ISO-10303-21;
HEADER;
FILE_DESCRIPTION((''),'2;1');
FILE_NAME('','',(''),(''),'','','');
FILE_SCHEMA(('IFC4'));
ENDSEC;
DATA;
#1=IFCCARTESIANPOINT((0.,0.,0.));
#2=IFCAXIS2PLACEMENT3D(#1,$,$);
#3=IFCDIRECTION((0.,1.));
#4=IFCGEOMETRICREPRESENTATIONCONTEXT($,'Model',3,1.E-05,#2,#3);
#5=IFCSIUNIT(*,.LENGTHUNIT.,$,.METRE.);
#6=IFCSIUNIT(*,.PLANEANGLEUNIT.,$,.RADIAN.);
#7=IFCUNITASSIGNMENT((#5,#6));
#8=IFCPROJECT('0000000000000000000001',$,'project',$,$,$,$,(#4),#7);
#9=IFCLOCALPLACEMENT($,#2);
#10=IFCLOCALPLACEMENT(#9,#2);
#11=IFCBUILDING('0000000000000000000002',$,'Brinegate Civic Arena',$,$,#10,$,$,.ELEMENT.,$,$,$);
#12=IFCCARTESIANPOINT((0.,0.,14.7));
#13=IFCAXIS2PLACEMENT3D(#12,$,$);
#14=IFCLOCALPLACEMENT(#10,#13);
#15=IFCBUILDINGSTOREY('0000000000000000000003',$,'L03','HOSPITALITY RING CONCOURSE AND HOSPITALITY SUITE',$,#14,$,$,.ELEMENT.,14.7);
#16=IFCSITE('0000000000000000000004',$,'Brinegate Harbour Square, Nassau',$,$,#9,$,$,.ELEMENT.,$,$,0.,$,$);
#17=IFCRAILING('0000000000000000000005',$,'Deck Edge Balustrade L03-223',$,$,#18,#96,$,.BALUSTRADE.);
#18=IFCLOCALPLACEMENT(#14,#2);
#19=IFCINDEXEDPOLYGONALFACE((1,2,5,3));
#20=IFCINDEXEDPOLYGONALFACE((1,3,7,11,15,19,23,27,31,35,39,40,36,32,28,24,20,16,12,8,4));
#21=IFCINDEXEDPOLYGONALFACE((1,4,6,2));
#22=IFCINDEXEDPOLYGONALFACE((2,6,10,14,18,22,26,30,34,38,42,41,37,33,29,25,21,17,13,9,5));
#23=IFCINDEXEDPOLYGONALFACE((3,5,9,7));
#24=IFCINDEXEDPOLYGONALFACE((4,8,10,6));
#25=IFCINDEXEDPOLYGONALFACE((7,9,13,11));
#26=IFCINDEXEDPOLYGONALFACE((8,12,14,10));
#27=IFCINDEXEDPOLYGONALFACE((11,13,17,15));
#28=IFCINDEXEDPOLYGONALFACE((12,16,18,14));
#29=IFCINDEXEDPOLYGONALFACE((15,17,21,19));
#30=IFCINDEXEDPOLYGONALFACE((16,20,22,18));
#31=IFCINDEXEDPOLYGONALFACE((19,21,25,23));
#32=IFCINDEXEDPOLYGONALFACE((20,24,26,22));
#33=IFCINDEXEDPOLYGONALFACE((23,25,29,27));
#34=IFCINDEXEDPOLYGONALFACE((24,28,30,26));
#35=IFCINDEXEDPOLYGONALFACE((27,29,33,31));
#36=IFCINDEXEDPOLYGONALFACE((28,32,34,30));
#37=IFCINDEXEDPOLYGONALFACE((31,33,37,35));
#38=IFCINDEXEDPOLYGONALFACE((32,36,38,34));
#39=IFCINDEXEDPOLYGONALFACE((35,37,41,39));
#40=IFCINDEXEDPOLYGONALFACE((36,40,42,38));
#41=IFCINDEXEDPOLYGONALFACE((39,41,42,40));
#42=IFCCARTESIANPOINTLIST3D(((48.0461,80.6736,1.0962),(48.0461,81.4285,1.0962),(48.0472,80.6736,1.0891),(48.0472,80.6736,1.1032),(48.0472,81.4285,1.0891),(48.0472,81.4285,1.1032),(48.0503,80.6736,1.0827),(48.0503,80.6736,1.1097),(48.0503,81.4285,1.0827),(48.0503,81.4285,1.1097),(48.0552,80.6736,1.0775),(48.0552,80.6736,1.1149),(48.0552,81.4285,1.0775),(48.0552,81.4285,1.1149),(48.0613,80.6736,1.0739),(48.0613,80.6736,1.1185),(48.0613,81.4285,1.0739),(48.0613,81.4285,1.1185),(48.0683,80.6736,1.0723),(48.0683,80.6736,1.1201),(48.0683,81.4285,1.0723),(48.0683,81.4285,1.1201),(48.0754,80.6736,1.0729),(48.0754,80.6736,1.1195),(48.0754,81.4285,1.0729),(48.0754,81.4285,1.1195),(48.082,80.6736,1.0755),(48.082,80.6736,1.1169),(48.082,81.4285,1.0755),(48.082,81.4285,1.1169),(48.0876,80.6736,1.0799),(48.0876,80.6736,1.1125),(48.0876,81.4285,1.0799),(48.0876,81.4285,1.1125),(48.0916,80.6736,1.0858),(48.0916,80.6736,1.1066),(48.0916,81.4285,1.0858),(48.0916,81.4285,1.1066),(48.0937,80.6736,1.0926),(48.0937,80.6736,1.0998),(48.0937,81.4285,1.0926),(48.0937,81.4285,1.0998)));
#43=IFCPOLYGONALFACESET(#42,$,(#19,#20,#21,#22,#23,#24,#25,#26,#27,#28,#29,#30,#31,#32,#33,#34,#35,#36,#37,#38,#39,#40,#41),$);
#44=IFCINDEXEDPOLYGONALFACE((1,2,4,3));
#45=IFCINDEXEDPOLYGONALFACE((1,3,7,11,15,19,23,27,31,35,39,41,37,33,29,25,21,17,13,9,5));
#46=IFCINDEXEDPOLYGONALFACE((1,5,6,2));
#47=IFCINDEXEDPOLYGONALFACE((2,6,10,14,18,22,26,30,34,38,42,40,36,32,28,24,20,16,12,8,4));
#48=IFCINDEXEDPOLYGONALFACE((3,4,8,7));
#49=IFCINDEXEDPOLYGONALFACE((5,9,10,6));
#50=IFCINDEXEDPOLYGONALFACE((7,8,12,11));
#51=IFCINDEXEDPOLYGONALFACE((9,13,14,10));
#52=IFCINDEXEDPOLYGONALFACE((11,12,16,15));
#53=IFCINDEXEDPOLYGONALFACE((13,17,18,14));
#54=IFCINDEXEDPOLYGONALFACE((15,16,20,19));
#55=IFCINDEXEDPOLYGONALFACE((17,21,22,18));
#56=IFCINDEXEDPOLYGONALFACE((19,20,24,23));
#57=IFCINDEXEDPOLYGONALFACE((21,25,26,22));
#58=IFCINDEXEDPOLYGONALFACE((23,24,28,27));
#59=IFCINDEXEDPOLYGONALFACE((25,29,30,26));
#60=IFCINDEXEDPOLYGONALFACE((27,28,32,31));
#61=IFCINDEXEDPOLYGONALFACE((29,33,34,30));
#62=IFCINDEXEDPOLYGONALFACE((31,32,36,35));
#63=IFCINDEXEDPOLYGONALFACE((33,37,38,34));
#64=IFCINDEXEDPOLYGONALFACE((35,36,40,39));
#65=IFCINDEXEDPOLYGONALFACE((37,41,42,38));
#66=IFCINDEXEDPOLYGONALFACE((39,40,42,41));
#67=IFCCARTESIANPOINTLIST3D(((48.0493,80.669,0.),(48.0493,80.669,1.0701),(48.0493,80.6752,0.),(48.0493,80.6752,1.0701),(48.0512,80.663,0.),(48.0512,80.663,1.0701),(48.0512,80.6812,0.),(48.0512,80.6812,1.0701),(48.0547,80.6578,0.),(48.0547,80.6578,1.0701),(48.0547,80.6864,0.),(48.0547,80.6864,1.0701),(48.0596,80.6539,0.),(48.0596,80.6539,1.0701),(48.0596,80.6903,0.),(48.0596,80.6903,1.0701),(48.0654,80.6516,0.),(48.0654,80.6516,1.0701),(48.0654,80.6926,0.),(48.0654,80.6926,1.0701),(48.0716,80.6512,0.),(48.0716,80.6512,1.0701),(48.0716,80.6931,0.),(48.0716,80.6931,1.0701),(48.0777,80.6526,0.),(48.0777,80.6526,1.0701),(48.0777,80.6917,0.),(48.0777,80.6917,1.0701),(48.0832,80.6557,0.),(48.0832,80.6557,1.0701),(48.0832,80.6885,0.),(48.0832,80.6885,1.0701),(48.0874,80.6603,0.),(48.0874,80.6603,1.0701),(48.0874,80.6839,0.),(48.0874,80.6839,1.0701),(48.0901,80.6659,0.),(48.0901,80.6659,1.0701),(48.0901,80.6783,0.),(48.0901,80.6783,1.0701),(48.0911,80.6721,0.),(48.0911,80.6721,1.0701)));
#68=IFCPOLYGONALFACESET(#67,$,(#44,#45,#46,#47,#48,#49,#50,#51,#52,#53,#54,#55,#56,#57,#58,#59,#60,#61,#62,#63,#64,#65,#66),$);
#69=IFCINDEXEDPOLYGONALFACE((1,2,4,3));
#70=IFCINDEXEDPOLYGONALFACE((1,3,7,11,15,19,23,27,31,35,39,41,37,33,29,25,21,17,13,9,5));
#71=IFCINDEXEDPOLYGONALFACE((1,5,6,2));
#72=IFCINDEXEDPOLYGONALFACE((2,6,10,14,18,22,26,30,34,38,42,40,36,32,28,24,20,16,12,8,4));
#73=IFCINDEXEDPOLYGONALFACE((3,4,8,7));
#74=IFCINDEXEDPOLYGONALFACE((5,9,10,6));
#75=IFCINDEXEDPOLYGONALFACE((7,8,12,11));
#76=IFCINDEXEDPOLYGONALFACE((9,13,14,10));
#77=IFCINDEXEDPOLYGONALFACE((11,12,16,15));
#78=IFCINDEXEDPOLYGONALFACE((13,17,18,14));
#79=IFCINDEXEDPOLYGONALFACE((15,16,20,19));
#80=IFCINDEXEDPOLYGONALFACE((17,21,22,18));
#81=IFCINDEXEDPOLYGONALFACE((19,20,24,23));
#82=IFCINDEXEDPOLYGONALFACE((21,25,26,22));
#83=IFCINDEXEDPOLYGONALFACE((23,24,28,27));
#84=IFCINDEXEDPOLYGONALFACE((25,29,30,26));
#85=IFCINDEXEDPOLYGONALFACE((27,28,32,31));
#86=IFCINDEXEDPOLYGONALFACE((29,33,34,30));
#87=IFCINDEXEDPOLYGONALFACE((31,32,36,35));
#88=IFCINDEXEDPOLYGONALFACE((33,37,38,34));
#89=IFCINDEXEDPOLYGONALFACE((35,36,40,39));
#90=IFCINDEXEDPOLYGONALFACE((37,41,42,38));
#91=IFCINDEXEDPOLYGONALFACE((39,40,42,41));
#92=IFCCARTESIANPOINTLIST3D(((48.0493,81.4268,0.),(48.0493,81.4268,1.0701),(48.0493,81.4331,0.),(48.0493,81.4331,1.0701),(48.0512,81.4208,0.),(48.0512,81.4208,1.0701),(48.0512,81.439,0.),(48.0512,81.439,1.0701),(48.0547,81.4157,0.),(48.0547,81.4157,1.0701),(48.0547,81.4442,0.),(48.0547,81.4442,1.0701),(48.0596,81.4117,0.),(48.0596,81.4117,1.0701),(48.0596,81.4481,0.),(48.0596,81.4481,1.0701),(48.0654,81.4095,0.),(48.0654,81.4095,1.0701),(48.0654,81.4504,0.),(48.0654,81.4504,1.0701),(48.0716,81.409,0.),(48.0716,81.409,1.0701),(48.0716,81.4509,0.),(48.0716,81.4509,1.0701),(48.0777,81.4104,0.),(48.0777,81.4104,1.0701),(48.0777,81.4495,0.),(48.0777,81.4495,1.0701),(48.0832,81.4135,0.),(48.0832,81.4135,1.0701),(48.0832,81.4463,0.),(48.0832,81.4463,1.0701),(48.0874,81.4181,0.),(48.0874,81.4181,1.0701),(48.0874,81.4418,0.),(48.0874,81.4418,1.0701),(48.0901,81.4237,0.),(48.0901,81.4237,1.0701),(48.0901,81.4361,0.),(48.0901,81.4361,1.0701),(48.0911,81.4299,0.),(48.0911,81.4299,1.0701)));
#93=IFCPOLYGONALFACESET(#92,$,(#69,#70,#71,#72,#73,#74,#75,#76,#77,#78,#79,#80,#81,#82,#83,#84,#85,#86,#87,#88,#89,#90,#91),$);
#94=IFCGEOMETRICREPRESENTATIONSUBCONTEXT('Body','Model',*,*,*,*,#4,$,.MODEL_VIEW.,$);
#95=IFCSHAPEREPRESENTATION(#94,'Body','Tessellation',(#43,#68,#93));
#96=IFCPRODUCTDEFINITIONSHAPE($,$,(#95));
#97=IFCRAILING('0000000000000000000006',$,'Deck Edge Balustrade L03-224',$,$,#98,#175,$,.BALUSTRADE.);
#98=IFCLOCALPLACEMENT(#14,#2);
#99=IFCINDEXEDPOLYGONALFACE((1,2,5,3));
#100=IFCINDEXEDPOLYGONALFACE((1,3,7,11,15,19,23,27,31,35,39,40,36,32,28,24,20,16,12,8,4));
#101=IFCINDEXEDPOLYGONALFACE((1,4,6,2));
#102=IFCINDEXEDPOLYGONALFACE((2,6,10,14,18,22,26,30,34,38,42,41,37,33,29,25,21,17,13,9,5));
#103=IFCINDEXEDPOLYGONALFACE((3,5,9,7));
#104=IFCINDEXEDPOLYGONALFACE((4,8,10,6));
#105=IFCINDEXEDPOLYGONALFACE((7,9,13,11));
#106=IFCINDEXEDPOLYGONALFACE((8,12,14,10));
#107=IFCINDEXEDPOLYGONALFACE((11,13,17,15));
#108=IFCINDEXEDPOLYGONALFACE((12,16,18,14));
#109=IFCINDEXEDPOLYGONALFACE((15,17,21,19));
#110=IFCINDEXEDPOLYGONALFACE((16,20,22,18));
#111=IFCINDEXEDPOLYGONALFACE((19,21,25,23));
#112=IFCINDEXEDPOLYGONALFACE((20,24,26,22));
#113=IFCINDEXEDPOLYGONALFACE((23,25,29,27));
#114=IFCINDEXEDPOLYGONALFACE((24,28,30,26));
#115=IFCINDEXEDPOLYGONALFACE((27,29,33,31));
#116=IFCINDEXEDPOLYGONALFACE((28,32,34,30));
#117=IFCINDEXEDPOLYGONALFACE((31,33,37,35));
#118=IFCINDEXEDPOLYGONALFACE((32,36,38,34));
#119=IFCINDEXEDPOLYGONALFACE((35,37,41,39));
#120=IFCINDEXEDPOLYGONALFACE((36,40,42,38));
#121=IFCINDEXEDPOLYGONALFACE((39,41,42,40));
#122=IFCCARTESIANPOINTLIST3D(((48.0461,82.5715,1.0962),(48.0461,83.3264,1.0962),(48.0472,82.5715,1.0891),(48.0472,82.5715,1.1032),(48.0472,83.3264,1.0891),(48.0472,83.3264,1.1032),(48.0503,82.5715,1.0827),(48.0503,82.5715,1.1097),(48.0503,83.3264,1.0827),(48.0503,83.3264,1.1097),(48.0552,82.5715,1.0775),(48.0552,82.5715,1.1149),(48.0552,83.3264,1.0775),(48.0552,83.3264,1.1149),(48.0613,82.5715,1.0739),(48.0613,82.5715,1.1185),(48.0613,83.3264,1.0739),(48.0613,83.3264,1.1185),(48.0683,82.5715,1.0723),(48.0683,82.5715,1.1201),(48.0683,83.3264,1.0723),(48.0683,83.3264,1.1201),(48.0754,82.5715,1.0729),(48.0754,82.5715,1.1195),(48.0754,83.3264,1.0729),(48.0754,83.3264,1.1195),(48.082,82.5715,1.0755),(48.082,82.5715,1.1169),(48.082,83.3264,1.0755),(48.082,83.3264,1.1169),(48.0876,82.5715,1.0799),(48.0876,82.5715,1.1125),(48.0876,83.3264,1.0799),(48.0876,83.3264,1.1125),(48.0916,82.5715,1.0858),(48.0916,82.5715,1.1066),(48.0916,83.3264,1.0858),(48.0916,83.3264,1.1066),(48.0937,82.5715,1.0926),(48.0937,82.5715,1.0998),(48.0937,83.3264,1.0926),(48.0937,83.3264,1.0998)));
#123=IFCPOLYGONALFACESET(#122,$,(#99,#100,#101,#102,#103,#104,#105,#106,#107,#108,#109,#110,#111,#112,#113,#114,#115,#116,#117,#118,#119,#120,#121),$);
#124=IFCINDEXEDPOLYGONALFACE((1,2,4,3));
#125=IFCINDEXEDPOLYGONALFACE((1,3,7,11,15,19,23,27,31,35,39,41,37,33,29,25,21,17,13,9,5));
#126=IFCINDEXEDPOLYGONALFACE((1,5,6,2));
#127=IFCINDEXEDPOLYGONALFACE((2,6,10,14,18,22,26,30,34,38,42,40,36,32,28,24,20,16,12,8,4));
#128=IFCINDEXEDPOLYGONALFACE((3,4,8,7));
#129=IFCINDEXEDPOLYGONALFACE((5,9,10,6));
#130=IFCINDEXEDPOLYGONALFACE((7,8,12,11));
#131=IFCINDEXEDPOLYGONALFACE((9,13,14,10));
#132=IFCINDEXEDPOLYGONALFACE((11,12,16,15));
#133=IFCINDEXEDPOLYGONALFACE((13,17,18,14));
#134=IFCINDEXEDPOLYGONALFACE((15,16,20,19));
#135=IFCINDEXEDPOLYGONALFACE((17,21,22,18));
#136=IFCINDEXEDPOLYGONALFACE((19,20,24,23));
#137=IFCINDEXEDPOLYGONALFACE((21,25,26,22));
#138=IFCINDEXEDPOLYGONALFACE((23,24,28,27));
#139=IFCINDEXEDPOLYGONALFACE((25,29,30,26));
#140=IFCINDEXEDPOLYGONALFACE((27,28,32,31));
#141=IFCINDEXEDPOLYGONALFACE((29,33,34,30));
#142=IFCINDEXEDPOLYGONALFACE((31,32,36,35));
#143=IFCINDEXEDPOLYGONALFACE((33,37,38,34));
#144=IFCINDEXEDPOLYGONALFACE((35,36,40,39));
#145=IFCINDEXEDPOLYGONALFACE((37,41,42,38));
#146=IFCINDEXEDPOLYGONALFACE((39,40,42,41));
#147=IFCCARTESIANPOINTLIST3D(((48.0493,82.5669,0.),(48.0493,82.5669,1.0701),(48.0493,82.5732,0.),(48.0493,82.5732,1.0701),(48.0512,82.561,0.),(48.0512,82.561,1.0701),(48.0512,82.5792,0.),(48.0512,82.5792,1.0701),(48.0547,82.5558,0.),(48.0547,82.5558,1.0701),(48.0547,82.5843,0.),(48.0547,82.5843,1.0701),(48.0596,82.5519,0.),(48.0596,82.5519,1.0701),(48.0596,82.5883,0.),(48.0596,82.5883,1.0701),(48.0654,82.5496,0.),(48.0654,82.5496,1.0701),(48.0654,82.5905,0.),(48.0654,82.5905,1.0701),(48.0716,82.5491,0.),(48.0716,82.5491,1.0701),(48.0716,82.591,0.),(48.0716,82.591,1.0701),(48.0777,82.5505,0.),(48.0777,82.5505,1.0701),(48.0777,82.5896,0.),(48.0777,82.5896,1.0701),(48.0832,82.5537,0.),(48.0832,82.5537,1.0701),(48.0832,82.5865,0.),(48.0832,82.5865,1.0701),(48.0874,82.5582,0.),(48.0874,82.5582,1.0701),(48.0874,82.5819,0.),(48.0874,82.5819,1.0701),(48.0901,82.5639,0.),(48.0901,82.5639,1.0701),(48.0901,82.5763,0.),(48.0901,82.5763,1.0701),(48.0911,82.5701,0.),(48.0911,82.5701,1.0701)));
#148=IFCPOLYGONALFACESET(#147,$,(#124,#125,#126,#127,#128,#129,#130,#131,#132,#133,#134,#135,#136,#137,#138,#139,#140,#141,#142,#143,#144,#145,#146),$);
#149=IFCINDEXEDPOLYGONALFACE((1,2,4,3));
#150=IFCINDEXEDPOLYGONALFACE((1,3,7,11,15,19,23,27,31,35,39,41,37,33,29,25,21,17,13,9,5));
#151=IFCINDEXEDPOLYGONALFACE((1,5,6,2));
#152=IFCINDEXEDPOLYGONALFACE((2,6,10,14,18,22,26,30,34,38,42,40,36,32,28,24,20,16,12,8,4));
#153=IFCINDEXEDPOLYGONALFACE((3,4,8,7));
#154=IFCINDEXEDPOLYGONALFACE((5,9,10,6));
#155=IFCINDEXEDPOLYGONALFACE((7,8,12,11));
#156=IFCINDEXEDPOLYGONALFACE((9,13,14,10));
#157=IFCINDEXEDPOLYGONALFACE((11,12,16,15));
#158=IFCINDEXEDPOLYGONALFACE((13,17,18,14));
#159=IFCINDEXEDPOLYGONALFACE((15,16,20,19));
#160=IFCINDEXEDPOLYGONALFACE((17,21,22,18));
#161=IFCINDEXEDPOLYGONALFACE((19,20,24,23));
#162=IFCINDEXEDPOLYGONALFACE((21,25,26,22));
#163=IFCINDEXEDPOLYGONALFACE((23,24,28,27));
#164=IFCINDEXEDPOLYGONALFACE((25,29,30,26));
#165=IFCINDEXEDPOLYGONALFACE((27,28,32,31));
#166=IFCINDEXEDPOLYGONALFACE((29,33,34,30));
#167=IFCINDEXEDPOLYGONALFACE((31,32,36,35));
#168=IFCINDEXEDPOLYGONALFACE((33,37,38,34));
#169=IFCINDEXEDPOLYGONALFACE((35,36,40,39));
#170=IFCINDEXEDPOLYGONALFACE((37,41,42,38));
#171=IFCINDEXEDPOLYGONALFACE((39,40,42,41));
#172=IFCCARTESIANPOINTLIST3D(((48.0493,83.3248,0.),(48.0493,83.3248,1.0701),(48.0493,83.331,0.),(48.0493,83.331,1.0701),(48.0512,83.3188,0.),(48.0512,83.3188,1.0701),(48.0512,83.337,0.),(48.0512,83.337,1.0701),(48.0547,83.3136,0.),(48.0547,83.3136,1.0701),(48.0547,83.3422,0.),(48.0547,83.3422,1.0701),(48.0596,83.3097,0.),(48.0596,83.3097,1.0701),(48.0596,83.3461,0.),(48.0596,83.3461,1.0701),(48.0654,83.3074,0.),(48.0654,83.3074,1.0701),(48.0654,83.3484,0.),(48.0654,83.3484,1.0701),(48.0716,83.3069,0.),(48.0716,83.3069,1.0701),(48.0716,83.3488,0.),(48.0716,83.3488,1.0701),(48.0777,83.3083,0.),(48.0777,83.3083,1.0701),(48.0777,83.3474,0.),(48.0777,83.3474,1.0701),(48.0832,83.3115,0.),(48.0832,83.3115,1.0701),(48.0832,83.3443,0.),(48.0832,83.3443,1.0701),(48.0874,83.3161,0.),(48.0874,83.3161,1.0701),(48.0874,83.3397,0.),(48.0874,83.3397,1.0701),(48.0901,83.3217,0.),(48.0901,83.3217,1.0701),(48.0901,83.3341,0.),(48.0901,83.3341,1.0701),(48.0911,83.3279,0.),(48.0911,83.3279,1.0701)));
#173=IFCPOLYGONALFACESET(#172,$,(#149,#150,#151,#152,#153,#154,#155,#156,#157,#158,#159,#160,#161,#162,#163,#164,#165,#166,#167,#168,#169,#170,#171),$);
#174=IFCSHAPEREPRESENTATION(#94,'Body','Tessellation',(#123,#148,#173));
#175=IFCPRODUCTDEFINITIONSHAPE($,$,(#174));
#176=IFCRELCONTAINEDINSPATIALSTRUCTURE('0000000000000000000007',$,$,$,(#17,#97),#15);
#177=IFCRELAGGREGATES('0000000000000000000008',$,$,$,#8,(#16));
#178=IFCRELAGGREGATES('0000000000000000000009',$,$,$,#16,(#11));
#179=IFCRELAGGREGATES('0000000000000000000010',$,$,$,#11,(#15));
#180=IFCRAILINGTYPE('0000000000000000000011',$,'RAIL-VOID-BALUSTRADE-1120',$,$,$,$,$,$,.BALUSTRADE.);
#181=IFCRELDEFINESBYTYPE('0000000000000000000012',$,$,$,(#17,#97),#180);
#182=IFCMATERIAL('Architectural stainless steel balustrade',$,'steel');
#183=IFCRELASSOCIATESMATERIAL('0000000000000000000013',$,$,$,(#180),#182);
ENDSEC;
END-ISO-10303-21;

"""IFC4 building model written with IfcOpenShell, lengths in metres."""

from ifc_helpers import new_model, si_unit, direction, frame, origin, origin_2d, place, context, subcontext, project, spatial, circle, extrude, material, type_object, element, save


model = new_model("IFC4")

# Units and contexts
model_context = context("Model", 3, precision=1e-05, world=origin(), true_north=direction((0.0, 1.0)))
body_context = subcontext(model_context, "Body", "Model", "MODEL_VIEW")
ifc_project = project(units=[si_unit("LENGTHUNIT", "METRE"), si_unit("PLANEANGLEUNIT", "RADIAN")], contexts=[model_context])

# Site, building, storey
site_placement = place(None, origin())
site = spatial("IfcSite", under=ifc_project, at=site_placement, Name="Brinegate Harbour Square, Nassau", CompositionType="ELEMENT", RefElevation=0.0)
building_placement = place(site_placement, origin())
building = spatial("IfcBuilding", under=site, at=building_placement, Name="Brinegate Civic Arena", CompositionType="ELEMENT")
storey_placement = place(building_placement, frame((0.0, 0.0, 14.7)))
storey = spatial("IfcBuildingStorey", under=building, at=storey_placement, Name="L03", Description="HOSPITALITY RING CONCOURSE AND HOSPITALITY SUITE", CompositionType="ELEMENT", Elevation=14.7)

# Shared definitions
ifc_material_1 = material(Name="Architectural stainless steel balustrade", Category="steel")

# Railings
railing_type_1 = type_object("IfcRailingType", Name="RAIL-VOID-BALUSTRADE-1120", PredefinedType="BALUSTRADE", material=ifc_material_1)
for number, where, name in (
    (1, (48.0701, 80.6721, 0.0), "Deck Edge Balustrade L03-223"),
    (2, (48.0701, 82.5701, 0.0), "Deck Edge Balustrade L03-224"),
):
    element("IfcRailing", number, at=place(storey_placement, frame(where)), inside=storey, type_object=railing_type_1, Name=name, PredefinedType="BALUSTRADE", context=body_context, shape_type="SweptSolid", body=[
        extrude(circle(Radius=0.0239, at=origin_2d()), frame((0.0, 0.0015, 1.0962), z_axis=(0.0, 1.0, 0.0), x_axis=(-1.0, 0.0, 0.0)), (0.0, 0.0, 1.0), 0.7549),
        extrude(circle(Radius=0.021, at=origin_2d()), origin(), (0.0, 0.0, 1.0), 1.0701),
        extrude(circle(Radius=0.021, at=origin_2d()), frame((0.0, 0.7578, 0.0)), (0.0, 0.0, 1.0), 1.0701),
    ])

save(model, "model.ifc")
